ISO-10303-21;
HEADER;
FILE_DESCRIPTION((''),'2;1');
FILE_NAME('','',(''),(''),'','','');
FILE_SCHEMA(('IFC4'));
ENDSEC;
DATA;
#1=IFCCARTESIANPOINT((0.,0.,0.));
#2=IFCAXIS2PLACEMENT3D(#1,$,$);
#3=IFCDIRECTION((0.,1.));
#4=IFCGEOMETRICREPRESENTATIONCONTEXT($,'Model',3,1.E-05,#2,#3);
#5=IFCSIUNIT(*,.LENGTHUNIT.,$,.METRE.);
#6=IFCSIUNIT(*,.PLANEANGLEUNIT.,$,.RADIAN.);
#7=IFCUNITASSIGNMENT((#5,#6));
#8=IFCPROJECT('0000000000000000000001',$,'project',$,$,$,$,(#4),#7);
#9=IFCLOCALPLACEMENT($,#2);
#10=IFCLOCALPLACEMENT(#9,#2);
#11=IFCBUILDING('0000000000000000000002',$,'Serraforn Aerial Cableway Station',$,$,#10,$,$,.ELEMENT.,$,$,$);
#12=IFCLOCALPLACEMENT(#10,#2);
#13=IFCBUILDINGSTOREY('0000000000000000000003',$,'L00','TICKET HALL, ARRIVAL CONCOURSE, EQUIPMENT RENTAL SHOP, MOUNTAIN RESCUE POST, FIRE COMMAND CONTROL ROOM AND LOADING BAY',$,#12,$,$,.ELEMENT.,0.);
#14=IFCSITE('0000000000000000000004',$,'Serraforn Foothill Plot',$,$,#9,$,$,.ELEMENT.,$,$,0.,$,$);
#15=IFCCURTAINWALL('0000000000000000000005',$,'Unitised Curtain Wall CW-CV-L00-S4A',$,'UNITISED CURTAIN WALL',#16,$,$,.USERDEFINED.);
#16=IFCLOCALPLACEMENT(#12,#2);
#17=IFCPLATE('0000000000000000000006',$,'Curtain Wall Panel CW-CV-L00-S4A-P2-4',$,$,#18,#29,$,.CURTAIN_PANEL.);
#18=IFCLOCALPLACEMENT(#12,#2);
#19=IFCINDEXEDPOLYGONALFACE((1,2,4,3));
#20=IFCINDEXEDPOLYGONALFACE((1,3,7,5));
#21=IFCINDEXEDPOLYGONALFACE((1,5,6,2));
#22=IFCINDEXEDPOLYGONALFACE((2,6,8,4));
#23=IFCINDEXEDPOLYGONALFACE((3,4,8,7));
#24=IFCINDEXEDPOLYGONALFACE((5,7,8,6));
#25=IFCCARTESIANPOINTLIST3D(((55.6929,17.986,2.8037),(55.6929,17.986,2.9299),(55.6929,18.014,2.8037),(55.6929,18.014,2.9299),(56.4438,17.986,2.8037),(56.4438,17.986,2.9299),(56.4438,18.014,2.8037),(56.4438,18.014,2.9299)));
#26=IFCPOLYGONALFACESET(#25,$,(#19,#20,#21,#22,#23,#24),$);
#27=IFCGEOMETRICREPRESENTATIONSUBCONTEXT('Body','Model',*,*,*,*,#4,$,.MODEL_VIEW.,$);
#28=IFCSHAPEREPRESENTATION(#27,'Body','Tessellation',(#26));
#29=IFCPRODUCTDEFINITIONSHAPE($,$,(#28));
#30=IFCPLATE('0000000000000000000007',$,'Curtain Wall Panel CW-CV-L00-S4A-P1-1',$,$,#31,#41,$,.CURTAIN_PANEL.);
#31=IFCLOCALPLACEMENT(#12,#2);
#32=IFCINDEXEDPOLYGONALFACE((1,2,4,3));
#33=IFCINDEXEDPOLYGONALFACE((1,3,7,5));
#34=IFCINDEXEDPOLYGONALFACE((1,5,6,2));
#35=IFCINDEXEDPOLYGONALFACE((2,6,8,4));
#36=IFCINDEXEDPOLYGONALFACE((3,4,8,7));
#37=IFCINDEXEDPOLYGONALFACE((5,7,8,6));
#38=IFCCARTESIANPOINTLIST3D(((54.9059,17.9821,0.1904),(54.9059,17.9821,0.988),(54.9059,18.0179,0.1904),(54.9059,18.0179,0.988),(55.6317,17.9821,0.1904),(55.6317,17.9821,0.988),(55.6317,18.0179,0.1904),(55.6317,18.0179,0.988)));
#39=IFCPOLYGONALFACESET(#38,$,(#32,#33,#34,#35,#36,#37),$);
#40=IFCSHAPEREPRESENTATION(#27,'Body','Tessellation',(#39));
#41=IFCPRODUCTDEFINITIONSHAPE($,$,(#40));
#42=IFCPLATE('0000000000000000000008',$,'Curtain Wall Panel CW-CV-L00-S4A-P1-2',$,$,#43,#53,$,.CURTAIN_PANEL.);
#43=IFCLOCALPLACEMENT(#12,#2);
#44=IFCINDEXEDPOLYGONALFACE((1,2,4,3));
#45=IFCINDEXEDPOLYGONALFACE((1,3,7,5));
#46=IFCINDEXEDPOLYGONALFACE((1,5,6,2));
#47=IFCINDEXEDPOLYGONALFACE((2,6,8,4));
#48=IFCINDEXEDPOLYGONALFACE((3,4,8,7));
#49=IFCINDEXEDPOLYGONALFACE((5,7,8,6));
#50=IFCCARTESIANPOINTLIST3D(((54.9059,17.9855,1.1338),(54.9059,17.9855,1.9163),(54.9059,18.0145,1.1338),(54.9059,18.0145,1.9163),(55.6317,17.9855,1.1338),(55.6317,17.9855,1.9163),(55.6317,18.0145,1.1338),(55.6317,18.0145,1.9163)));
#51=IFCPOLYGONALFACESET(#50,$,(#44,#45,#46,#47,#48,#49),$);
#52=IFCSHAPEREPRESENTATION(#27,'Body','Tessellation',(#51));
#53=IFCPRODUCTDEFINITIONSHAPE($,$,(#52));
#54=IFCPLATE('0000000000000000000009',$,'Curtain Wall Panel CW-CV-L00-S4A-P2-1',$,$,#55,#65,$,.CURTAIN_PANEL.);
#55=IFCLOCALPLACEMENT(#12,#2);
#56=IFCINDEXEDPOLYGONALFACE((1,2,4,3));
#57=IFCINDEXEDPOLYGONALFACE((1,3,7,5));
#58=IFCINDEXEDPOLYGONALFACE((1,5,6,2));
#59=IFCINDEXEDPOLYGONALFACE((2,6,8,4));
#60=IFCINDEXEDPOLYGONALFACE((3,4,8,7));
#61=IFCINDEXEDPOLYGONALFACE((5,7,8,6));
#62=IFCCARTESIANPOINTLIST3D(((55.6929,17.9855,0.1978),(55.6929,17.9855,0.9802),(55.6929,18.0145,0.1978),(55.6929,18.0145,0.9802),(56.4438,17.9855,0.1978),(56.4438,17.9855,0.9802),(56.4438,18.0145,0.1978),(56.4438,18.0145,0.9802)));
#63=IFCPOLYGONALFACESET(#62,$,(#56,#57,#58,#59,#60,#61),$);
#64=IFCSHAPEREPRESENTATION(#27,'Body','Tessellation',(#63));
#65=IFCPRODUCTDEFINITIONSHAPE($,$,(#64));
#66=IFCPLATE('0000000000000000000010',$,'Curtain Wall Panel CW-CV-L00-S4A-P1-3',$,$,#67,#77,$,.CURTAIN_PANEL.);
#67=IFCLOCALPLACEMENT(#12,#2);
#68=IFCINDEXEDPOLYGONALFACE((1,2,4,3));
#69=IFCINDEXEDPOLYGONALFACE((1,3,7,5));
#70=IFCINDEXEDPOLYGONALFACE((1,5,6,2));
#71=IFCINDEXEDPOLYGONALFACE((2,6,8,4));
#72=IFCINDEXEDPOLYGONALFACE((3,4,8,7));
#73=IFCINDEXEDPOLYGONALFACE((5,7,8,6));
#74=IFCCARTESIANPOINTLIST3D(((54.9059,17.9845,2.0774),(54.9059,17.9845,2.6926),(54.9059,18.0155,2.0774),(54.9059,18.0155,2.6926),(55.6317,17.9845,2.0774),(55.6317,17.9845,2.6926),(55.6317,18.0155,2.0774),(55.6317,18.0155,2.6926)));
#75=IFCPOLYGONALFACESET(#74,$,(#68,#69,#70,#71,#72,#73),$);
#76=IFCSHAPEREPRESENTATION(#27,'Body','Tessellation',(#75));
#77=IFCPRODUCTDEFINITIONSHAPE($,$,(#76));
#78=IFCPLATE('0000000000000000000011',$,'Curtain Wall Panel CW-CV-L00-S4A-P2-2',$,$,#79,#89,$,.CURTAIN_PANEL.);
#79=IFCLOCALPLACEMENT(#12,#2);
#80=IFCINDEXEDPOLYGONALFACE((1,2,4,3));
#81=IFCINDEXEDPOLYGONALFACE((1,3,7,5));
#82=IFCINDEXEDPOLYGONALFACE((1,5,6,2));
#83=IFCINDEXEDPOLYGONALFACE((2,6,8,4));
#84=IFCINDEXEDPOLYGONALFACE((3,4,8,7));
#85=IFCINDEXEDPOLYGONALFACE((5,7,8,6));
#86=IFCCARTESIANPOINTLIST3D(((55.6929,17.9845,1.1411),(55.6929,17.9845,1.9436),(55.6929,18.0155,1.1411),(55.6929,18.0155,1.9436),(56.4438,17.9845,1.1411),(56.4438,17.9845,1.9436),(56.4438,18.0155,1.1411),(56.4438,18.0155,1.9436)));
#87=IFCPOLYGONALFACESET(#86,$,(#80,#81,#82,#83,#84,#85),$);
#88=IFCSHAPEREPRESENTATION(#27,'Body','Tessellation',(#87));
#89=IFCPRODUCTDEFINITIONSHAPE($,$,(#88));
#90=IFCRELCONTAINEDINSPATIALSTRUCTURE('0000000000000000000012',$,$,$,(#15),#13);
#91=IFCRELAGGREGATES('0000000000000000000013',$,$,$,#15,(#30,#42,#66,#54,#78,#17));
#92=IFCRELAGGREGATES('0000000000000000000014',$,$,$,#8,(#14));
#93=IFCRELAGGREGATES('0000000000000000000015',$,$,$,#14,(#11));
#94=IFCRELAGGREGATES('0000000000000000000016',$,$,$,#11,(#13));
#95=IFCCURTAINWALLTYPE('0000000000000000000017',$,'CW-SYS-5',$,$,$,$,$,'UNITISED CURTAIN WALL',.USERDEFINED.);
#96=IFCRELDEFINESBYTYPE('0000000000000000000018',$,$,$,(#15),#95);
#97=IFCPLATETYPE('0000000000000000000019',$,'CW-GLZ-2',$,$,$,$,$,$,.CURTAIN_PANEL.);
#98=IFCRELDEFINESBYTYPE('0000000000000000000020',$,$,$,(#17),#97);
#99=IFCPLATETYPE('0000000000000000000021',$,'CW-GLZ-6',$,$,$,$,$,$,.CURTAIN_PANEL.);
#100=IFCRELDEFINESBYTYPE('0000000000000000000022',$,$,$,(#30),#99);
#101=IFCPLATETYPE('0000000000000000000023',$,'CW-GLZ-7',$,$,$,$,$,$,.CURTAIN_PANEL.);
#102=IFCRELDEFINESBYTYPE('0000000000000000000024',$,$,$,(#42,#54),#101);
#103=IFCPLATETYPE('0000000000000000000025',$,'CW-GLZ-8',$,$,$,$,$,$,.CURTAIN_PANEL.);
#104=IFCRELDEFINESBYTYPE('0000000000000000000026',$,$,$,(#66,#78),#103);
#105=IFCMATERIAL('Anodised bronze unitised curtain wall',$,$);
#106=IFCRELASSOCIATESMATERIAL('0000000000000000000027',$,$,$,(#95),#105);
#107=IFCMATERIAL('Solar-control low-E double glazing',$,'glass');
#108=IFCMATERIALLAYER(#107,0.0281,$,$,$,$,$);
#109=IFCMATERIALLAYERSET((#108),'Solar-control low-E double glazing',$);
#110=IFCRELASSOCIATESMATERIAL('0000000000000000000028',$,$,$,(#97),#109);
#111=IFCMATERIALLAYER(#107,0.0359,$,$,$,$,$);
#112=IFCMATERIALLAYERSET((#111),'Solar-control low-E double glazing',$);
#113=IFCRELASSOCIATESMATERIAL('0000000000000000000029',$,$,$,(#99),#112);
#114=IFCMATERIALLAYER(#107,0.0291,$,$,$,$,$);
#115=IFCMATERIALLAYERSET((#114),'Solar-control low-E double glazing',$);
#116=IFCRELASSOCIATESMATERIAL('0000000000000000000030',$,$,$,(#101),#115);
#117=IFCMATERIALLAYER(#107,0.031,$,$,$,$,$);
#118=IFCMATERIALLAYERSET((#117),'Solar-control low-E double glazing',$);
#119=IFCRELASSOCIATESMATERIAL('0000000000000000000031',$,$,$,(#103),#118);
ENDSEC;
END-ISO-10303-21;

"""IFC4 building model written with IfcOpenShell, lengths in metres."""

from ifc_helpers import new_model, si_unit, direction, frame, origin, origin_2d, place, context, subcontext, project, spatial, rectangle, extrude, material, layer, layer_set, type_object, element, aggregate, save


model = new_model("IFC4")

# Units and contexts
model_context = context("Model", 3, precision=1e-05, world=origin(), true_north=direction((0.0, 1.0)))
body_context = subcontext(model_context, "Body", "Model", "MODEL_VIEW")
ifc_project = project(units=[si_unit("LENGTHUNIT", "METRE"), si_unit("PLANEANGLEUNIT", "RADIAN")], contexts=[model_context])

# Site, building, storey
site_placement = place(None, origin())
site = spatial("IfcSite", under=ifc_project, at=site_placement, Name="Serraforn Foothill Plot", CompositionType="ELEMENT", RefElevation=0.0)
building_placement = place(site_placement, origin())
building = spatial("IfcBuilding", under=site, at=building_placement, Name="Serraforn Aerial Cableway Station", CompositionType="ELEMENT")
storey_placement = place(building_placement, origin())
storey = spatial("IfcBuildingStorey", under=building, at=storey_placement, Name="L00", Description="TICKET HALL, ARRIVAL CONCOURSE, EQUIPMENT RENTAL SHOP, MOUNTAIN RESCUE POST, FIRE COMMAND CONTROL ROOM AND LOADING BAY", CompositionType="ELEMENT", Elevation=0.0)

# Curtain wall, plates
ifc_material_1 = material(Name="Anodised bronze unitised curtain wall")
curtain_wall_type = type_object("IfcCurtainWallType", Name="CW-SYS-5", ElementType="UNITISED CURTAIN WALL", PredefinedType="USERDEFINED", material=ifc_material_1)
curtain_wall_placement = place(storey_placement, origin())
curtain_wall = element("IfcCurtainWall", 1, at=curtain_wall_placement, inside=storey, type_object=curtain_wall_type, Name="Unitised Curtain Wall CW-CV-L00-S4A", ObjectType="UNITISED CURTAIN WALL", PredefinedType="USERDEFINED")
ifc_material_2 = material(Name="Solar-control low-E double glazing", Category="glass")
ifc_layer_1 = layer(ifc_material_2, 0.0281)
ifc_layer_set_1 = layer_set([ifc_layer_1], Name="Solar-control low-E double glazing")
plate_type_1 = type_object("IfcPlateType", Name="CW-GLZ-2", PredefinedType="CURTAIN_PANEL", material=ifc_layer_set_1)
plate_1_placement = place(storey_placement, frame((56.0684, 18.0, 2.8037), z_axis=(0.0, 0.0, 1.0), x_axis=(1.0, 0.0, 0.0)))
plate_1 = element("IfcPlate", 2, at=plate_1_placement, type_object=plate_type_1, Name="Curtain Wall Panel CW-CV-L00-S4A-P2-4", PredefinedType="CURTAIN_PANEL", context=body_context, shape_type="SweptSolid", body=[
    extrude(rectangle(XDim=0.751, YDim=0.0281, at=origin_2d()), origin(), (0.0, 0.0, 1.0), 0.1262),
])
ifc_layer_2 = layer(ifc_material_2, 0.0359)
ifc_layer_set_2 = layer_set([ifc_layer_2], Name="Solar-control low-E double glazing")
plate_type_2 = type_object("IfcPlateType", Name="CW-GLZ-6", PredefinedType="CURTAIN_PANEL", material=ifc_layer_set_2)
plate_2_placement = place(storey_placement, frame((55.2688, 18.0, 0.1904), z_axis=(0.0, 0.0, 1.0), x_axis=(1.0, 0.0, 0.0)))
plate_2 = element("IfcPlate", 3, at=plate_2_placement, type_object=plate_type_2, Name="Curtain Wall Panel CW-CV-L00-S4A-P1-1", PredefinedType="CURTAIN_PANEL", context=body_context, shape_type="SweptSolid", body=[
    extrude(rectangle(XDim=0.7258, YDim=0.0359, at=origin_2d()), origin(), (0.0, 0.0, 1.0), 0.7976),
])
ifc_layer_3 = layer(ifc_material_2, 0.0291)
ifc_layer_set_3 = layer_set([ifc_layer_3], Name="Solar-control low-E double glazing")
plate_type_3 = type_object("IfcPlateType", Name="CW-GLZ-7", PredefinedType="CURTAIN_PANEL", material=ifc_layer_set_3)
plate_3_placement = place(storey_placement, frame((55.2688, 18.0, 1.1338), z_axis=(0.0, 0.0, 1.0), x_axis=(1.0, 0.0, 0.0)))
plate_3 = element("IfcPlate", 4, at=plate_3_placement, type_object=plate_type_3, Name="Curtain Wall Panel CW-CV-L00-S4A-P1-2", PredefinedType="CURTAIN_PANEL", context=body_context, shape_type="SweptSolid", body=[
    extrude(rectangle(XDim=0.7258, YDim=0.0291, at=origin_2d()), origin(), (0.0, 0.0, 1.0), 0.7825),
])
plate_4_placement = place(storey_placement, frame((56.0684, 18.0, 0.1978), z_axis=(0.0, 0.0, 1.0), x_axis=(1.0, 0.0, 0.0)))
plate_4 = element("IfcPlate", 5, at=plate_4_placement, type_object=plate_type_3, Name="Curtain Wall Panel CW-CV-L00-S4A-P2-1", PredefinedType="CURTAIN_PANEL", context=body_context, shape_type="SweptSolid", body=[
    extrude(rectangle(XDim=0.751, YDim=0.0291, at=origin_2d()), origin(), (0.0, 0.0, 1.0), 0.7825),
])
ifc_layer_4 = layer(ifc_material_2, 0.031)
ifc_layer_set_4 = layer_set([ifc_layer_4], Name="Solar-control low-E double glazing")
plate_type_4 = type_object("IfcPlateType", Name="CW-GLZ-8", PredefinedType="CURTAIN_PANEL", material=ifc_layer_set_4)
plate_5_placement = place(storey_placement, frame((55.2688, 18.0, 2.0774), z_axis=(0.0, 0.0, 1.0), x_axis=(1.0, 0.0, 0.0)))
plate_5 = element("IfcPlate", 6, at=plate_5_placement, type_object=plate_type_4, Name="Curtain Wall Panel CW-CV-L00-S4A-P1-3", PredefinedType="CURTAIN_PANEL", context=body_context, shape_type="SweptSolid", body=[
    extrude(rectangle(XDim=0.7258, YDim=0.031, at=origin_2d()), origin(), (0.0, 0.0, 1.0), 0.6152),
])
plate_6_placement = place(storey_placement, frame((56.0684, 18.0, 1.1411), z_axis=(0.0, 0.0, 1.0), x_axis=(1.0, 0.0, 0.0)))
plate_6 = element("IfcPlate", 7, at=plate_6_placement, type_object=plate_type_4, Name="Curtain Wall Panel CW-CV-L00-S4A-P2-2", PredefinedType="CURTAIN_PANEL", context=body_context, shape_type="SweptSolid", body=[
    extrude(rectangle(XDim=0.751, YDim=0.031, at=origin_2d()), origin(), (0.0, 0.0, 1.0), 0.8025),
])
aggregate(curtain_wall, [plate_2, plate_3, plate_5, plate_4, plate_6, plate_1])

save(model, "model.ifc")
